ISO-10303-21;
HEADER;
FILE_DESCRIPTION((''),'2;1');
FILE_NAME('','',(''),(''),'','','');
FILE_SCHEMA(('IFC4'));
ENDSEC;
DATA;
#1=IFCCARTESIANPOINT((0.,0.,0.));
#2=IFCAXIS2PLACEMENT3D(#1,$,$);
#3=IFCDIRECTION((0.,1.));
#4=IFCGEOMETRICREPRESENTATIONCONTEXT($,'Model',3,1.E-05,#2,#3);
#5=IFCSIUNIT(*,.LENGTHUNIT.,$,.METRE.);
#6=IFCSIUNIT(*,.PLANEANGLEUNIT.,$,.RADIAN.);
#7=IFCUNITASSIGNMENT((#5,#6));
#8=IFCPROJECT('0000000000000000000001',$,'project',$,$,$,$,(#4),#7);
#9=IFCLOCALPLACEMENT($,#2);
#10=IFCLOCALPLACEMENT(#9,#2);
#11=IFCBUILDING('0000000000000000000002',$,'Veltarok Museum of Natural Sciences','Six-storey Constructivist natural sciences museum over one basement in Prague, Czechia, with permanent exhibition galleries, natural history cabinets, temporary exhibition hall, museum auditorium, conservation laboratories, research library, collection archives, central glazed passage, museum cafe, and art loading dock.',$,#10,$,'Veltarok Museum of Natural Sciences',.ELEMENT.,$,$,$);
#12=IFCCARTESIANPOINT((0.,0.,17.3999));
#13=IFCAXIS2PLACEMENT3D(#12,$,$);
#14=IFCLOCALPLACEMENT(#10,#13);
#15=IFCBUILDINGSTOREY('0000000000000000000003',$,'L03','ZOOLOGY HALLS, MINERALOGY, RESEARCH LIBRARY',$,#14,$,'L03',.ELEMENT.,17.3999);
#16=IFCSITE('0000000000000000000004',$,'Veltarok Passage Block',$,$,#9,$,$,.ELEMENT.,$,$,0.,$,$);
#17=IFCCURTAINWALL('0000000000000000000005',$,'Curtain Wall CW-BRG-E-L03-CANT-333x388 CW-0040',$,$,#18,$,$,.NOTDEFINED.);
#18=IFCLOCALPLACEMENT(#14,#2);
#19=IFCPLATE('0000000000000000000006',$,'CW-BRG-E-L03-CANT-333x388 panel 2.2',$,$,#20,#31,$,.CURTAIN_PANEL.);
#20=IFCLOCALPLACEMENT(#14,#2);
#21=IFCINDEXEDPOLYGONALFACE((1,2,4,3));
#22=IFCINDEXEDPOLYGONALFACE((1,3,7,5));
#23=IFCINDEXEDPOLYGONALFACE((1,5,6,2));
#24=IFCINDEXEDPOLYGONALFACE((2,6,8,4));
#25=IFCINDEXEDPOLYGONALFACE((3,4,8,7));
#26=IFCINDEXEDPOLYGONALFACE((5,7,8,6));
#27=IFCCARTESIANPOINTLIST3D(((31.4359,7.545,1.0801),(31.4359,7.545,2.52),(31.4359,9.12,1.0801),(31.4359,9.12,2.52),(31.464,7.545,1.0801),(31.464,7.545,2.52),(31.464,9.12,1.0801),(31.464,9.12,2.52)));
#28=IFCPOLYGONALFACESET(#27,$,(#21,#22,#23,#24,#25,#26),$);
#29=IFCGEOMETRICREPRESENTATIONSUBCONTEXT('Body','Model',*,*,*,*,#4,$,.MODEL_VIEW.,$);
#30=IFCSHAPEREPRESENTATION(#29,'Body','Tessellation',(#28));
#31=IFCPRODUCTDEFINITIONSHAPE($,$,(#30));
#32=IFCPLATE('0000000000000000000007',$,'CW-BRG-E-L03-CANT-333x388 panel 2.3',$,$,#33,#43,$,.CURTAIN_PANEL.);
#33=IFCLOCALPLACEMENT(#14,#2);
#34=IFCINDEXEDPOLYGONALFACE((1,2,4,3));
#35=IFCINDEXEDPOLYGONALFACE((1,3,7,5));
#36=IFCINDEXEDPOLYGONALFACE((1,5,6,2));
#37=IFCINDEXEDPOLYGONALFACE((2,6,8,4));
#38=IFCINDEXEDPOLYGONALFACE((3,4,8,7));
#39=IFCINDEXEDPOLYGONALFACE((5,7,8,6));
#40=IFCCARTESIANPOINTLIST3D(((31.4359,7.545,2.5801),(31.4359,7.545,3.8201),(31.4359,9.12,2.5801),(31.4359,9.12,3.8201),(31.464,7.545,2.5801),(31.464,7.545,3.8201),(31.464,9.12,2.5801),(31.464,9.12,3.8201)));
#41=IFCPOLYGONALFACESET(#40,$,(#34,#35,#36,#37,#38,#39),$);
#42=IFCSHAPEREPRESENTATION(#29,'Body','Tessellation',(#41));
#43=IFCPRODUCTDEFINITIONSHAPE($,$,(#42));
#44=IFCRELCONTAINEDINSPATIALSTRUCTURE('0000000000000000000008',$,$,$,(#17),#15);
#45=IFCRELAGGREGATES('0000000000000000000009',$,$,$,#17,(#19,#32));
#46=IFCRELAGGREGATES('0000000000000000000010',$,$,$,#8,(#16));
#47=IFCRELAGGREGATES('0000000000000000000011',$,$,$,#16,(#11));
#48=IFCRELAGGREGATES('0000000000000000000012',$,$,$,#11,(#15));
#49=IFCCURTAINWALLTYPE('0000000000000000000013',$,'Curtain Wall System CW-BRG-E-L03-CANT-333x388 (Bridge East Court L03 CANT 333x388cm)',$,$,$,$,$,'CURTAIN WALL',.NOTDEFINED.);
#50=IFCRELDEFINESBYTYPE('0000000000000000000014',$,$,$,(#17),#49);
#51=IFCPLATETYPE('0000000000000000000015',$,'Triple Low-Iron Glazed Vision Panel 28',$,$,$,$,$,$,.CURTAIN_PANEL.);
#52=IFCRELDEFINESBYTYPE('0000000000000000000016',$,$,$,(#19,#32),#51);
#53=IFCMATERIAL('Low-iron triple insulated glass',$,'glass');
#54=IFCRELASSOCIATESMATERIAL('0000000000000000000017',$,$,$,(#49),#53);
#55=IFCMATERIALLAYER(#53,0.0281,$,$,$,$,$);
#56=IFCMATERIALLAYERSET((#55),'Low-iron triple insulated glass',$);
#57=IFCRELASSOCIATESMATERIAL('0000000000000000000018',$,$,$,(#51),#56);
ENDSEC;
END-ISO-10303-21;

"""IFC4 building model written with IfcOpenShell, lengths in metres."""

from ifc_helpers import new_model, si_unit, direction, frame, origin, origin_2d, place, context, subcontext, project, spatial, rectangle, extrude, material, layer, layer_set, type_object, element, aggregate, save


model = new_model("IFC4")

# Units and contexts
model_context = context("Model", 3, precision=1e-05, world=origin(), true_north=direction((0.0, 1.0)))
body_context = subcontext(model_context, "Body", "Model", "MODEL_VIEW")
ifc_project = project(units=[si_unit("LENGTHUNIT", "METRE"), si_unit("PLANEANGLEUNIT", "RADIAN")], contexts=[model_context])

# Site, building, storey
site_placement = place(None, origin())
site = spatial("IfcSite", under=ifc_project, at=site_placement, Name="Veltarok Passage Block", CompositionType="ELEMENT", RefElevation=0.0)
building_placement = place(site_placement, origin())
building = spatial("IfcBuilding", under=site, at=building_placement, Name="Veltarok Museum of Natural Sciences", Description="Six-storey Constructivist natural sciences museum over one basement in Prague, Czechia, with permanent exhibition galleries, natural history cabinets, temporary exhibition hall, museum auditorium, conservation laboratories, research library, collection archives, central glazed passage, museum cafe, and art loading dock.", LongName="Veltarok Museum of Natural Sciences", CompositionType="ELEMENT")
storey_placement = place(building_placement, frame((0.0, 0.0, 17.3999)))
storey = spatial("IfcBuildingStorey", under=building, at=storey_placement, Name="L03", Description="ZOOLOGY HALLS, MINERALOGY, RESEARCH LIBRARY", LongName="L03", CompositionType="ELEMENT", Elevation=17.3999)

# Curtain wall
ifc_material_1 = material(Name="Low-iron triple insulated glass", Category="glass")
curtain_wall_type_1 = type_object("IfcCurtainWallType", Name="Curtain Wall System CW-BRG-E-L03-CANT-333x388 (Bridge East Court L03 CANT 333x388cm)", ElementType="CURTAIN WALL", PredefinedType="NOTDEFINED", material=ifc_material_1)
curtain_wall_1_placement = place(storey_placement, origin())
curtain_wall_1 = element("IfcCurtainWall", 1, at=curtain_wall_1_placement, inside=storey, type_object=curtain_wall_type_1, Name="Curtain Wall CW-BRG-E-L03-CANT-333x388 CW-0040", PredefinedType="NOTDEFINED")

# Plates
ifc_layer = layer(ifc_material_1, 0.0281)
ifc_layer_set = layer_set([ifc_layer], Name="Low-iron triple insulated glass")
plate_type = type_object("IfcPlateType", Name="Triple Low-Iron Glazed Vision Panel 28", PredefinedType="CURTAIN_PANEL", material=ifc_layer_set)
plate_1_placement = place(storey_placement, frame((31.45, 8.3325, 1.0801), z_axis=(0.0, 0.0, 1.0), x_axis=(0.0, 1.0, 0.0)))
plate_1 = element("IfcPlate", 2, at=plate_1_placement, type_object=plate_type, Name="CW-BRG-E-L03-CANT-333x388 panel 2.2", PredefinedType="CURTAIN_PANEL", context=body_context, shape_type="SweptSolid", body=[
    extrude(rectangle(XDim=1.575, YDim=0.0281, at=origin_2d()), origin(), (0.0, 0.0, 1.0), 1.4399),
])
plate_2_placement = place(storey_placement, frame((31.45, 8.3325, 2.5801), z_axis=(0.0, 0.0, 1.0), x_axis=(0.0, 1.0, 0.0)))
plate_2 = element("IfcPlate", 3, at=plate_2_placement, type_object=plate_type, Name="CW-BRG-E-L03-CANT-333x388 panel 2.3", PredefinedType="CURTAIN_PANEL", context=body_context, shape_type="SweptSolid", body=[
    extrude(rectangle(XDim=1.575, YDim=0.0281, at=origin_2d()), origin(), (0.0, 0.0, 1.0), 1.24),
])
aggregate(curtain_wall_1, [plate_1, plate_2])

save(model, "model.ifc")
